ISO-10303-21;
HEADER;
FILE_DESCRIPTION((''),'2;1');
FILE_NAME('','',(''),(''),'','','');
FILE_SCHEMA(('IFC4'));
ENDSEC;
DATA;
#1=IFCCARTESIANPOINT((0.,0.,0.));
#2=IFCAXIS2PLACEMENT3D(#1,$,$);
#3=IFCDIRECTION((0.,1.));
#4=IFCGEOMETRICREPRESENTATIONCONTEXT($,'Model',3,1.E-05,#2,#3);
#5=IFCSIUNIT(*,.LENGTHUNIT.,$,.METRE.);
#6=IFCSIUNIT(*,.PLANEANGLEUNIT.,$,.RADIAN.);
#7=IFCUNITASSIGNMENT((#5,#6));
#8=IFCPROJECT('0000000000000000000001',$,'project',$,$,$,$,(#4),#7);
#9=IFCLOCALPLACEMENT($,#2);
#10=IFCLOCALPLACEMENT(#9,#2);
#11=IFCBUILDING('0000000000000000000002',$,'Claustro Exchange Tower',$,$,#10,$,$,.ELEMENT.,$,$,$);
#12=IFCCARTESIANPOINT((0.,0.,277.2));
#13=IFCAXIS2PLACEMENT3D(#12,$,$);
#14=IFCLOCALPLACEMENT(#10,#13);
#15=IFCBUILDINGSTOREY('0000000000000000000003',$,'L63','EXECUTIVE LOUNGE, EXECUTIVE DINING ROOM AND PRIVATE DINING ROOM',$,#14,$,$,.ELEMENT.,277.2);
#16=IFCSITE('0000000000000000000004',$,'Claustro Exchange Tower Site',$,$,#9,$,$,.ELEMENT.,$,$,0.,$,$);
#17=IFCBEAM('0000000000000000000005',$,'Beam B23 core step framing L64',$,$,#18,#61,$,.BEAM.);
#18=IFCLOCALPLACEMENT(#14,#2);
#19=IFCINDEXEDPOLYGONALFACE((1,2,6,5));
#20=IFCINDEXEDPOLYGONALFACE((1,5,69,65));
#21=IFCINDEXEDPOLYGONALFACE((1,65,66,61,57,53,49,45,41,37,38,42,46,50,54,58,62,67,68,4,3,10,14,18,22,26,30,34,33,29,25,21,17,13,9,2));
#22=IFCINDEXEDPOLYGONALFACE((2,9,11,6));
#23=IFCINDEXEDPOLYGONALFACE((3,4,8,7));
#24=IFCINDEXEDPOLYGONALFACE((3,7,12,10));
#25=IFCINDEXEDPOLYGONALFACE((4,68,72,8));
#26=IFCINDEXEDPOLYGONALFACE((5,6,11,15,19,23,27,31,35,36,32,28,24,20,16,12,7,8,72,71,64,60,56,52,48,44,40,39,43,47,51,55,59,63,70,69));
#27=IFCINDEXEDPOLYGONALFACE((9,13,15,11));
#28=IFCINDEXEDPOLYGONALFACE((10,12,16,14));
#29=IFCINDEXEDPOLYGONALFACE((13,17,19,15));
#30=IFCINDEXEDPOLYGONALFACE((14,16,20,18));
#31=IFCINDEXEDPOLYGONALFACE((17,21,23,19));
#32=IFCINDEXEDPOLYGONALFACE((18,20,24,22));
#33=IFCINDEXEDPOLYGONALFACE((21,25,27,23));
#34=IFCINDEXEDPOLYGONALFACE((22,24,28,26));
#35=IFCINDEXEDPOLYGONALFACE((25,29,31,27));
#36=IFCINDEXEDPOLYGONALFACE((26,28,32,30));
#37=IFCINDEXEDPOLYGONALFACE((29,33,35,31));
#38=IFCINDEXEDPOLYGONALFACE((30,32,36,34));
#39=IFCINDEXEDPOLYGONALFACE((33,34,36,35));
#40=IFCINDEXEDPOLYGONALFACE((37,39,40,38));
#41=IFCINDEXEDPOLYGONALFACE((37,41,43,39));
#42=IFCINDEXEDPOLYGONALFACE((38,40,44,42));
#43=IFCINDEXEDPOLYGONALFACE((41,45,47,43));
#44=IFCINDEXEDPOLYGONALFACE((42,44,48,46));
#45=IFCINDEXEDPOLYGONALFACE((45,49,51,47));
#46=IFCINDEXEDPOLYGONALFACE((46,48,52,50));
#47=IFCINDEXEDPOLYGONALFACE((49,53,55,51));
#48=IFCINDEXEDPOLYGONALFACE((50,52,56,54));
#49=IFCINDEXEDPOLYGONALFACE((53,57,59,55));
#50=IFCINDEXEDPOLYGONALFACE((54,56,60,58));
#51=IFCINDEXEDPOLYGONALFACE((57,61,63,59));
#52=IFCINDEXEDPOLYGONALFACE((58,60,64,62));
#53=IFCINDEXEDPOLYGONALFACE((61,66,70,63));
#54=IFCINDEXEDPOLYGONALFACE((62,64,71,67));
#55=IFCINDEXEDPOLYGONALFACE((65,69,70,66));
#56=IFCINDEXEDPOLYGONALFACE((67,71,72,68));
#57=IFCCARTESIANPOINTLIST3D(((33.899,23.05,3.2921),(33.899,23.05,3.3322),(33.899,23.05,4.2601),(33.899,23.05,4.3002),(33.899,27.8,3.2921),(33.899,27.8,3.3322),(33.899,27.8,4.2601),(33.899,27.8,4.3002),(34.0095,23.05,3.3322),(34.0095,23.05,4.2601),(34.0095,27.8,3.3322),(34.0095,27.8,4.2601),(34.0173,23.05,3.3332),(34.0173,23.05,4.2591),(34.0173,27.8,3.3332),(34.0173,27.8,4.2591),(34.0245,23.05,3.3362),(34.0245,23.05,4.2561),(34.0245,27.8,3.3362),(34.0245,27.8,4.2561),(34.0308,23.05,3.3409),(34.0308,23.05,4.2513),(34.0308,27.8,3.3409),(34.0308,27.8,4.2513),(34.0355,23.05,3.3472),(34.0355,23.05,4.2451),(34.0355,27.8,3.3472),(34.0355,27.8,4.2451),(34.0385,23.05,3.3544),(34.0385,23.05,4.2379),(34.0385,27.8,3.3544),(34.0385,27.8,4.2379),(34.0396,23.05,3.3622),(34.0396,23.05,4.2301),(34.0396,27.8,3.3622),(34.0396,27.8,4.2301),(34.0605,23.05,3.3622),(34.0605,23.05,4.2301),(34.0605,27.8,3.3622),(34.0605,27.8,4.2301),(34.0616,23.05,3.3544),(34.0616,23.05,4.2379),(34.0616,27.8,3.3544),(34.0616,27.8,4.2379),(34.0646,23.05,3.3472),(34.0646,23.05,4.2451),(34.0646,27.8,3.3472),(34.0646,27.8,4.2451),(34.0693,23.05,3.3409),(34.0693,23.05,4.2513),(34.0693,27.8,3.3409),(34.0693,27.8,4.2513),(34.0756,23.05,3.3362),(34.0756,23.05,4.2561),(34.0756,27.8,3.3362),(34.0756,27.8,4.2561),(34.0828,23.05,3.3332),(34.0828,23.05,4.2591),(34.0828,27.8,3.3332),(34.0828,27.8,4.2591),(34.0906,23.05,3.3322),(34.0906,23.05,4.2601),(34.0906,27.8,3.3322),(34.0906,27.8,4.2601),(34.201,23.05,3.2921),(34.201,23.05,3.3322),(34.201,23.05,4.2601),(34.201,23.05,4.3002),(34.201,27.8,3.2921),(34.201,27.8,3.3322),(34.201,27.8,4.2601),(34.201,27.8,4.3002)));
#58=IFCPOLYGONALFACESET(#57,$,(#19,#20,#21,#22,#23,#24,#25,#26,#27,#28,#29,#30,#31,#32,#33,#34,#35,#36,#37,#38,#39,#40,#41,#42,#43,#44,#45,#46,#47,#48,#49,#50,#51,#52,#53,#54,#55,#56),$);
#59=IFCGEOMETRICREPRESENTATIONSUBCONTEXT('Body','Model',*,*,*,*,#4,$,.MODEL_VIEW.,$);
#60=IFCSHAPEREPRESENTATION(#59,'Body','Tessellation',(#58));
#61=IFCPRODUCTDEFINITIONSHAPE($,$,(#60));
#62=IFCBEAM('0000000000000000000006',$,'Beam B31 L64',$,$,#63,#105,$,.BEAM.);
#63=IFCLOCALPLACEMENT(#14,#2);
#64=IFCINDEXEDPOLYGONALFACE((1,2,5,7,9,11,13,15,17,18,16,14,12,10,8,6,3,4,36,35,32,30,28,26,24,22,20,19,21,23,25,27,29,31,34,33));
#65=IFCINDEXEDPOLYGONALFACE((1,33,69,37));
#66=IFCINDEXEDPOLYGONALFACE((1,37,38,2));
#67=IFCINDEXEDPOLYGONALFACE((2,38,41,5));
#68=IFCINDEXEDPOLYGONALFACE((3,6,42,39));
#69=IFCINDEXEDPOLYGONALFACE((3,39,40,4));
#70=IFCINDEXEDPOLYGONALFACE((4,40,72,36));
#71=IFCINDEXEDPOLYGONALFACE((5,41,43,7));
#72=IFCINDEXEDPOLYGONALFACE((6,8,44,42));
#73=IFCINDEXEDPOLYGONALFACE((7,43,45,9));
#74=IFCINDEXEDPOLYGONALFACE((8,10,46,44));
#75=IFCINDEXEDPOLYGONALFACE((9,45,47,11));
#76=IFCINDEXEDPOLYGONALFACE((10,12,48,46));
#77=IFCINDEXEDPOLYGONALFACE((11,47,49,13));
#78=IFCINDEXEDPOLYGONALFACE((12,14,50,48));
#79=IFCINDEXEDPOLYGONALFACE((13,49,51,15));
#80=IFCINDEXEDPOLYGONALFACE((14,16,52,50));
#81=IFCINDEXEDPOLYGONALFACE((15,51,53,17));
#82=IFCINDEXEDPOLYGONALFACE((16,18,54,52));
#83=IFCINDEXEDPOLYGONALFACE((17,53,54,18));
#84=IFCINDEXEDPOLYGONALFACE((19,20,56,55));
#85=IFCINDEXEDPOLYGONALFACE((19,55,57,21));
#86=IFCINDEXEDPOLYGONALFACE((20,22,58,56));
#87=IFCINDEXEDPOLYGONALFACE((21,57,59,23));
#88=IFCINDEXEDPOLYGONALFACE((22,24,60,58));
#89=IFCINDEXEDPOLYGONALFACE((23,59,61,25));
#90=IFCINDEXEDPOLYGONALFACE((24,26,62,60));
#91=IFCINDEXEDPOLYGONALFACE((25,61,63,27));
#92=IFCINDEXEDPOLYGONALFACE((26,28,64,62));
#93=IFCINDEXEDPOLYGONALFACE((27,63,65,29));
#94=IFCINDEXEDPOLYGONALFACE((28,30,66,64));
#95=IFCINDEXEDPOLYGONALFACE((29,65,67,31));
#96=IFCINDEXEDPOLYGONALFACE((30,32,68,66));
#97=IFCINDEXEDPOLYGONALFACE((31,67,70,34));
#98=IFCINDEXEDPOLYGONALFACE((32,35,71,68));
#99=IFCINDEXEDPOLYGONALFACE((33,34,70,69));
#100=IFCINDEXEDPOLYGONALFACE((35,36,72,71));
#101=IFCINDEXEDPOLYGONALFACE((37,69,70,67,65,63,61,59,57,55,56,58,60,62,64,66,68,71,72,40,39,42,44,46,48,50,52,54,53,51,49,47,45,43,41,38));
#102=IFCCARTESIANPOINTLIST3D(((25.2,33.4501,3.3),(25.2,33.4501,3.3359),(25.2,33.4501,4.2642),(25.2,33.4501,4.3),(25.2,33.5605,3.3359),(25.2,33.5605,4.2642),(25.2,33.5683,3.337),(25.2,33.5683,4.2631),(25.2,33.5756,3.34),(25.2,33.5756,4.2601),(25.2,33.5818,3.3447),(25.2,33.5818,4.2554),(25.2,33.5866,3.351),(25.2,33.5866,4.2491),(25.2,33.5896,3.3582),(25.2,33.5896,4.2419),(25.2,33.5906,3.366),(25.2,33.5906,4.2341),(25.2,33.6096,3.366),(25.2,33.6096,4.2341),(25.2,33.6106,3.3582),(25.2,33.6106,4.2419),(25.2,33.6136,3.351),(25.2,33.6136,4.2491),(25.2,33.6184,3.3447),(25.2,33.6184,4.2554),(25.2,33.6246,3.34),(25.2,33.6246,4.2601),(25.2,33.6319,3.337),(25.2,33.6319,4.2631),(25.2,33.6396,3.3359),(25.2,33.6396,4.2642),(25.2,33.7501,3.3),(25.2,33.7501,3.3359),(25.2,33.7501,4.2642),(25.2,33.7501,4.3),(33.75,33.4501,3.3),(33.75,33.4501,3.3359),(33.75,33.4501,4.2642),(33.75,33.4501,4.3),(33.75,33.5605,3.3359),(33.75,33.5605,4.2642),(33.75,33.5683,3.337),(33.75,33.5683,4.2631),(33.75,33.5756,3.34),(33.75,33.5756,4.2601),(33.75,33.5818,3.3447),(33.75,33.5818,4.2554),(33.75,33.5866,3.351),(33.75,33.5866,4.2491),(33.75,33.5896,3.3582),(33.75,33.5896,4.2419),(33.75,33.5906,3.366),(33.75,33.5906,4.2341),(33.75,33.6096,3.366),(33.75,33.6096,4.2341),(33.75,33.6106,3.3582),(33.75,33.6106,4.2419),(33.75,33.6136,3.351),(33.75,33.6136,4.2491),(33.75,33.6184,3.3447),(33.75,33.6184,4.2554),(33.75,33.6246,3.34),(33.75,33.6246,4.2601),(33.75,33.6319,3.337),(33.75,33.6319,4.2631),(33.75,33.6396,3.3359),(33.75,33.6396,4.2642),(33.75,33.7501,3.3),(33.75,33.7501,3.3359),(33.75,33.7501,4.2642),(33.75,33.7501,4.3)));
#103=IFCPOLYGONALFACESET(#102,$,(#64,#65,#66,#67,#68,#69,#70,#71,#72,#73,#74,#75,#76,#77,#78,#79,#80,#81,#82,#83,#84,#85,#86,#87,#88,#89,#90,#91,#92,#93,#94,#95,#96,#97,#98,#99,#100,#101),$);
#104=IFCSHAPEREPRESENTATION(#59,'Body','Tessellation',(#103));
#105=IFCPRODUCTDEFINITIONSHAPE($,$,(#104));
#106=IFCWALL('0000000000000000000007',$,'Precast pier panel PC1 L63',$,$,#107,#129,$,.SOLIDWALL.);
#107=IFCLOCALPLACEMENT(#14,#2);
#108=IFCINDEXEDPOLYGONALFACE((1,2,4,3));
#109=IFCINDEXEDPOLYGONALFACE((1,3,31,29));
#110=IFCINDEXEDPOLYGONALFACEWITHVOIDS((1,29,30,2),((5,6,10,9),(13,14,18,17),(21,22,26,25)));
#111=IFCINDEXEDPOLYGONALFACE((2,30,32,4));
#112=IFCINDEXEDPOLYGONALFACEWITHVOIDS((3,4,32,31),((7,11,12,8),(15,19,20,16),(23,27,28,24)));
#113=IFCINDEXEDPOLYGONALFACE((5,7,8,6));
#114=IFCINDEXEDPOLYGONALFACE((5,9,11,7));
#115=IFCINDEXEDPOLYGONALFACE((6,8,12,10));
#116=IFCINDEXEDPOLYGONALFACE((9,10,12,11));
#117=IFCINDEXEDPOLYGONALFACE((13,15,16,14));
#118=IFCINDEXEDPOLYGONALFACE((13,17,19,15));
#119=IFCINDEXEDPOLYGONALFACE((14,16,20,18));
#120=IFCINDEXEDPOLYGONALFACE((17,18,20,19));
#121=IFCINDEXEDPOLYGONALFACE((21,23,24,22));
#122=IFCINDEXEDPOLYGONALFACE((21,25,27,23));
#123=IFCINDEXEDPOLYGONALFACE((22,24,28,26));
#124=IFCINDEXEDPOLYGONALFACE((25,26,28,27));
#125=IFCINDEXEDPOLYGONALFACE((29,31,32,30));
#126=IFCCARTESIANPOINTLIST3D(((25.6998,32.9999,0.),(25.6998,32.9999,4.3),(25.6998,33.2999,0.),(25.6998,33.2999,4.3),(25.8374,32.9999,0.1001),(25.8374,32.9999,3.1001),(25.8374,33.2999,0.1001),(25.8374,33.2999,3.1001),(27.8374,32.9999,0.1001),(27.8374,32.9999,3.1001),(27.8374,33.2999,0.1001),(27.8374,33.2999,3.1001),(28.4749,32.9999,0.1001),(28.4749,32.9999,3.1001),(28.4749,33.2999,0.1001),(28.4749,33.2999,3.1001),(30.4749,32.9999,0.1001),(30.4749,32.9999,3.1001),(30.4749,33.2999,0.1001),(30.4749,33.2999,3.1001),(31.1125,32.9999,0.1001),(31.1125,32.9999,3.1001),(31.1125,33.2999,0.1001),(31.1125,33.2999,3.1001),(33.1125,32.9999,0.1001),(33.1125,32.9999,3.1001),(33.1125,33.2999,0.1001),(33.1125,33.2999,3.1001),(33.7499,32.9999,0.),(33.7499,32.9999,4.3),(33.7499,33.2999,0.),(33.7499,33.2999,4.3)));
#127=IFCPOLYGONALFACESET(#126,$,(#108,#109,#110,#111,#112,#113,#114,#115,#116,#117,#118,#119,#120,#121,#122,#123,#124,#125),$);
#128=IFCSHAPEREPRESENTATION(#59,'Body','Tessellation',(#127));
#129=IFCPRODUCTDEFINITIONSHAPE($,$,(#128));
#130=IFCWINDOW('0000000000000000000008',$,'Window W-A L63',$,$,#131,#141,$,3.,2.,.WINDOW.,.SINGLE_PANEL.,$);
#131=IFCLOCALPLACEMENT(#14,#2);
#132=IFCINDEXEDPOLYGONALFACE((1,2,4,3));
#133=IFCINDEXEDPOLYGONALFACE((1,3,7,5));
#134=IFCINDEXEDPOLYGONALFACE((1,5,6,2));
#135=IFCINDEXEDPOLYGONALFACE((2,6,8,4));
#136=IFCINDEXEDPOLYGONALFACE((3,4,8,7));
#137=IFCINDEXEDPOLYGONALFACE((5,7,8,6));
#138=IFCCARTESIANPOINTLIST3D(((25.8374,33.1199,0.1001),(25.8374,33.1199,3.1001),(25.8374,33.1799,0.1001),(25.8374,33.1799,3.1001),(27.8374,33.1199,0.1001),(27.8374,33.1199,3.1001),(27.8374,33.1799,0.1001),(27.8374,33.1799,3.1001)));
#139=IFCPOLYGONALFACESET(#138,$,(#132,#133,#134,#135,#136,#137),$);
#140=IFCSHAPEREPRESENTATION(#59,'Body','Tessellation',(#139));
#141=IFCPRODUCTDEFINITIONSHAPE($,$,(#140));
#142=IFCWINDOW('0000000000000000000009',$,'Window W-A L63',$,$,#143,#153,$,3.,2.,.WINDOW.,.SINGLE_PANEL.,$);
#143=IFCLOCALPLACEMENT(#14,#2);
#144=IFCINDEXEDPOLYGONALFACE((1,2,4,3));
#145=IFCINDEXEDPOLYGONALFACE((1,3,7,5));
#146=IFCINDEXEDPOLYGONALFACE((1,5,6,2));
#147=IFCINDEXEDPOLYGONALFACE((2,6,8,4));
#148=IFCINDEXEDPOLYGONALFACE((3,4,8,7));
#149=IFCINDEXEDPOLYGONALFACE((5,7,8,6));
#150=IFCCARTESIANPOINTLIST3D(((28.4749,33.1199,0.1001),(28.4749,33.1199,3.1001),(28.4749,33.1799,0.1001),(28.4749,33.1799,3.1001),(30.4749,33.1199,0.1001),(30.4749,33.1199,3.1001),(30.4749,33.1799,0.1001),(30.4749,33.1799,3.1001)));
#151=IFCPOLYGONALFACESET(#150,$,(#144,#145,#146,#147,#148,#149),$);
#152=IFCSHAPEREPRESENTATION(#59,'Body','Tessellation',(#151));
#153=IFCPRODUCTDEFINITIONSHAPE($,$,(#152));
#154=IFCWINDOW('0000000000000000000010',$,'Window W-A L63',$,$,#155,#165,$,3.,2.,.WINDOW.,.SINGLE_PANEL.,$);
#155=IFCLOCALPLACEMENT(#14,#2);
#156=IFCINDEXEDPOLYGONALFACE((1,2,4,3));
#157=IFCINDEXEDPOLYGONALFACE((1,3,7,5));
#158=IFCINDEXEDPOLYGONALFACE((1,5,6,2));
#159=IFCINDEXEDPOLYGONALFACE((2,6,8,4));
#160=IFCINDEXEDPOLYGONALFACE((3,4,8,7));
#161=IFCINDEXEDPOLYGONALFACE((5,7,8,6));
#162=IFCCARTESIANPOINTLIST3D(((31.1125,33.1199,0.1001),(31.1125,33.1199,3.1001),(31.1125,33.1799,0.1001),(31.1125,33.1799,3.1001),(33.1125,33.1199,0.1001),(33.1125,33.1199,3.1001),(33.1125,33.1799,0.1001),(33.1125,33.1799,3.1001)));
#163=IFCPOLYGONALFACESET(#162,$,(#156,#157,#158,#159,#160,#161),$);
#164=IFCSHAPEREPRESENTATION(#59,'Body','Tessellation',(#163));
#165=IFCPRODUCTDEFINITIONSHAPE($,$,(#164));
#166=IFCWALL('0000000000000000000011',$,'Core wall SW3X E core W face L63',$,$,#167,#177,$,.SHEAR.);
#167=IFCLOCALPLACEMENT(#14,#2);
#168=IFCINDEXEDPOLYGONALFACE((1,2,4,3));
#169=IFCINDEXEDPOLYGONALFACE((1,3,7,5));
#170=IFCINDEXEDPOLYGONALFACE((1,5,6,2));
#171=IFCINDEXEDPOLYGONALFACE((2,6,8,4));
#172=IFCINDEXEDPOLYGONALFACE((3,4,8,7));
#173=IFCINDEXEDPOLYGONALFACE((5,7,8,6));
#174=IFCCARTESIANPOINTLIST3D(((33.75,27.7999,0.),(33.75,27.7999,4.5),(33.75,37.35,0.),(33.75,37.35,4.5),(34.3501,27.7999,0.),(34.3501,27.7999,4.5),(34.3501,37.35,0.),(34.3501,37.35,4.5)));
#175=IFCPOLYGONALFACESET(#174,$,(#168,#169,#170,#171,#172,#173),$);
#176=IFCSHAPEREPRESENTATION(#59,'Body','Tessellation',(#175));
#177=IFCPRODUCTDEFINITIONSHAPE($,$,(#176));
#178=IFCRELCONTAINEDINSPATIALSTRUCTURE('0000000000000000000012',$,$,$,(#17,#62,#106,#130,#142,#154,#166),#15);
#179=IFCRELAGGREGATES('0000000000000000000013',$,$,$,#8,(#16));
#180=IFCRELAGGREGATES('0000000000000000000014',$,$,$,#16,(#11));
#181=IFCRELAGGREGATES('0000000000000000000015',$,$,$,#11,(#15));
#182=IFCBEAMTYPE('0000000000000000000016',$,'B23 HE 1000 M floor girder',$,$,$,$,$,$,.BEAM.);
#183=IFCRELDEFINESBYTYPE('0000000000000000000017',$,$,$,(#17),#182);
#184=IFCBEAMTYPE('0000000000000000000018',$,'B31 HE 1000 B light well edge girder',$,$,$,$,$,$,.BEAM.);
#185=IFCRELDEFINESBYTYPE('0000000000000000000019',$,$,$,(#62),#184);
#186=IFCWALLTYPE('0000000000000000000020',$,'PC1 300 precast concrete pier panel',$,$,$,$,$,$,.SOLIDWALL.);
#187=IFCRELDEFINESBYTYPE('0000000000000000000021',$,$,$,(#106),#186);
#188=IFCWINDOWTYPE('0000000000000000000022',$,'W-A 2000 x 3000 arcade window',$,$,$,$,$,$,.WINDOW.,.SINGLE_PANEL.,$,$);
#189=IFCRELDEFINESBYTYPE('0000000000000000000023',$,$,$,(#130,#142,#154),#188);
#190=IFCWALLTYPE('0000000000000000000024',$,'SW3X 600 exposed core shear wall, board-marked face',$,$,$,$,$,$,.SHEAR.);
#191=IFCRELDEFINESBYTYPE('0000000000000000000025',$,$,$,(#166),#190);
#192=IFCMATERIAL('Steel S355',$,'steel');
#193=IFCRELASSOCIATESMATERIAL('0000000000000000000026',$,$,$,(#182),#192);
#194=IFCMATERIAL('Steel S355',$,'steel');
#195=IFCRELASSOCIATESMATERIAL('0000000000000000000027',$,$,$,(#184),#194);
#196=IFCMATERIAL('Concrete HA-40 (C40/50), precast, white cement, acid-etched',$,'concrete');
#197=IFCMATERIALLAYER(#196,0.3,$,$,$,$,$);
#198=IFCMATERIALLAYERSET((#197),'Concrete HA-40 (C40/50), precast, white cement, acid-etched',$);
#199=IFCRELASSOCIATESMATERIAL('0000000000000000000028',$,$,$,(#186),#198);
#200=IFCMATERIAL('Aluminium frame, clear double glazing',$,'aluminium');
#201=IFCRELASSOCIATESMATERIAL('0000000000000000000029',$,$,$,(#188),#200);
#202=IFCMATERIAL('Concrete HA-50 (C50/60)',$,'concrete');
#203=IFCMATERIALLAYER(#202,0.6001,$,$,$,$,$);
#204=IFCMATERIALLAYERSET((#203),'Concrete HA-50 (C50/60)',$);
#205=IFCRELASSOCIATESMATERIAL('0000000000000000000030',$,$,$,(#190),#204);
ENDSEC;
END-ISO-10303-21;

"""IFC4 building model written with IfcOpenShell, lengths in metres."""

from ifc_helpers import new_model, si_unit, direction, frame, frame_2d, origin, origin_2d, place, context, subcontext, project, spatial, rectangle, i_section, extrude, material, layer, layer_set, material_profile, profile_set, type_object, element, fill, save


model = new_model("IFC4")

# Units and contexts
model_context = context("Model", 3, precision=1e-05, world=origin(), true_north=direction((0.0, 1.0)))
body_context = subcontext(model_context, "Body", "Model", "MODEL_VIEW")
ifc_project = project(units=[si_unit("LENGTHUNIT", "METRE"), si_unit("PLANEANGLEUNIT", "RADIAN")], contexts=[model_context])

# Site, building, storey
site_placement = place(None, origin())
site = spatial("IfcSite", under=ifc_project, at=site_placement, Name="Claustro Exchange Tower Site", CompositionType="ELEMENT", RefElevation=0.0)
building_placement = place(site_placement, origin())
building = spatial("IfcBuilding", under=site, at=building_placement, Name="Claustro Exchange Tower", CompositionType="ELEMENT")
storey_placement = place(building_placement, frame((0.0, 0.0, 277.2)))
storey = spatial("IfcBuildingStorey", under=building, at=storey_placement, Name="L63", Description="EXECUTIVE LOUNGE, EXECUTIVE DINING ROOM AND PRIVATE DINING ROOM", CompositionType="ELEMENT", Elevation=277.2)

# Beams
ifc_material_1 = material(Name="Steel S355", Category="steel")
ifc_material_profile_1 = material_profile(ifc_material_1, i_section(OverallWidth=0.302, OverallDepth=1.0081, WebThickness=0.021, FlangeThickness=0.04, FilletRadius=0.03, at=origin_2d()), Name="HE 1000 M")
ifc_profile_set_1 = profile_set([ifc_material_profile_1], Name="Steel S355")
beam_type_1 = type_object("IfcBeamType", Name="B23 HE 1000 M floor girder", PredefinedType="BEAM", material=ifc_profile_set_1)
beam_1_placement = place(storey_placement, frame((34.05, 23.05, 3.7961), z_axis=(0.0, 1.0, 0.0), x_axis=(-1.0, 0.0, 0.0)))
element("IfcBeam", 1, at=beam_1_placement, inside=storey, type_object=beam_type_1, Name="Beam B23 core step framing L64", PredefinedType="BEAM", context=body_context, shape_type="SweptSolid", body=[
    extrude(i_section(OverallWidth=0.302, OverallDepth=1.0081, WebThickness=0.021, FlangeThickness=0.04, FilletRadius=0.03, at=origin_2d()), origin(), (0.0, 0.0, 1.0), 4.75),
])
ifc_material_2 = material(Name="Steel S355", Category="steel")
ifc_material_profile_2 = material_profile(ifc_material_2, i_section(OverallWidth=0.3, OverallDepth=1.0, WebThickness=0.019, FlangeThickness=0.0359, FilletRadius=0.03, at=origin_2d()), Name="HE 1000 B")
ifc_profile_set_2 = profile_set([ifc_material_profile_2], Name="Steel S355")
beam_type_2 = type_object("IfcBeamType", Name="B31 HE 1000 B light well edge girder", PredefinedType="BEAM", material=ifc_profile_set_2)
beam_2_placement = place(storey_placement, frame((25.2, 33.6001, 3.8), z_axis=(1.0, 0.0, 0.0), x_axis=(0.0, 1.0, 0.0)))
element("IfcBeam", 2, at=beam_2_placement, inside=storey, type_object=beam_type_2, Name="Beam B31 L64", PredefinedType="BEAM", context=body_context, shape_type="SweptSolid", body=[
    extrude(i_section(OverallWidth=0.3, OverallDepth=1.0, WebThickness=0.019, FlangeThickness=0.0359, FilletRadius=0.03, at=origin_2d()), origin(), (0.0, 0.0, 1.0), 8.55),
])

# Wall, openings, windows
ifc_material_3 = material(Name="Concrete HA-40 (C40/50), precast, white cement, acid-etched", Category="concrete")
ifc_layer_1 = layer(ifc_material_3, 0.3)
ifc_layer_set_1 = layer_set([ifc_layer_1], Name="Concrete HA-40 (C40/50), precast, white cement, acid-etched")
wall_type_1 = type_object("IfcWallType", Name="PC1 300 precast concrete pier panel", PredefinedType="SOLIDWALL", material=ifc_layer_set_1)
wall_1_placement = place(storey_placement, frame((25.7, 33.1499, 0.0), z_axis=(0.0, 0.0, 1.0), x_axis=(1.0, 0.0, 0.0)))
wall_1 = element("IfcWall", 3, at=wall_1_placement, inside=storey, type_object=wall_type_1, Name="Precast pier panel PC1 L63", PredefinedType="SOLIDWALL", context=body_context, shape_type="SweptSolid", body=[
    extrude(rectangle(XDim=8.05, YDim=0.3, at=frame_2d((4.0249, 0.0))), origin(), (0.0, 0.0, 1.0), 4.3),
])
opening_1_placement = place(wall_1_placement, frame((0.1375, 0.0, 0.1001)))
opening_1 = element("IfcOpeningElement", 4, at=opening_1_placement, cuts=wall_1, PredefinedType="OPENING", context=body_context, shape_type="SweptSolid", body=[
    extrude(rectangle(XDim=2.0, YDim=3.0, at=frame_2d((1.0, 1.5))), frame((0.0, 0.1599, 0.0), z_axis=(0.0, -1.0, 0.0), x_axis=(1.0, 0.0, 0.0)), (0.0, 0.0, 1.0), 0.3201),
])
opening_2_placement = place(wall_1_placement, frame((2.7749, 0.0, 0.1001)))
opening_2 = element("IfcOpeningElement", 5, at=opening_2_placement, cuts=wall_1, PredefinedType="OPENING", context=body_context, shape_type="SweptSolid", body=[
    extrude(rectangle(XDim=2.0, YDim=3.0, at=frame_2d((1.0, 1.5))), frame((0.0, 0.1599, 0.0), z_axis=(0.0, -1.0, 0.0), x_axis=(1.0, 0.0, 0.0)), (0.0, 0.0, 1.0), 0.3201),
])
opening_3_placement = place(wall_1_placement, frame((5.4126, 0.0, 0.1001)))
opening_3 = element("IfcOpeningElement", 6, at=opening_3_placement, cuts=wall_1, PredefinedType="OPENING", context=body_context, shape_type="SweptSolid", body=[
    extrude(rectangle(XDim=2.0, YDim=3.0, at=frame_2d((1.0, 1.5))), frame((0.0, 0.1599, 0.0), z_axis=(0.0, -1.0, 0.0), x_axis=(1.0, 0.0, 0.0)), (0.0, 0.0, 1.0), 0.3201),
])
ifc_material_4 = material(Name="Aluminium frame, clear double glazing", Category="aluminium")
window_type = type_object("IfcWindowType", Name="W-A 2000 x 3000 arcade window", PartitioningType="SINGLE_PANEL", PredefinedType="WINDOW", material=ifc_material_4)
window_1_placement = place(opening_1_placement, origin())
window_1 = element("IfcWindow", 7, at=window_1_placement, inside=storey, type_object=window_type, Name="Window W-A L63", OverallHeight=3.0, OverallWidth=2.0, PartitioningType="SINGLE_PANEL", PredefinedType="WINDOW", context=body_context, shape_type="SweptSolid", body=[
    extrude(rectangle(XDim=2.0, YDim=3.0, at=frame_2d((1.0, 1.5))), frame((0.0, 0.03, 0.0), z_axis=(0.0, -1.0, 0.0), x_axis=(1.0, 0.0, 0.0)), (0.0, 0.0, 1.0), 0.0601),
])
fill(opening_1, window_1)
window_2_placement = place(opening_2_placement, origin())
window_2 = element("IfcWindow", 8, at=window_2_placement, inside=storey, type_object=window_type, Name="Window W-A L63", OverallHeight=3.0, OverallWidth=2.0, PartitioningType="SINGLE_PANEL", PredefinedType="WINDOW", context=body_context, shape_type="SweptSolid", body=[
    extrude(rectangle(XDim=2.0, YDim=3.0, at=frame_2d((1.0, 1.5))), frame((0.0, 0.03, 0.0), z_axis=(0.0, -1.0, 0.0), x_axis=(1.0, 0.0, 0.0)), (0.0, 0.0, 1.0), 0.0601),
])
fill(opening_2, window_2)
window_3_placement = place(opening_3_placement, origin())
window_3 = element("IfcWindow", 9, at=window_3_placement, inside=storey, type_object=window_type, Name="Window W-A L63", OverallHeight=3.0, OverallWidth=2.0, PartitioningType="SINGLE_PANEL", PredefinedType="WINDOW", context=body_context, shape_type="SweptSolid", body=[
    extrude(rectangle(XDim=2.0, YDim=3.0, at=frame_2d((1.0, 1.5))), frame((0.0, 0.03, 0.0), z_axis=(0.0, -1.0, 0.0), x_axis=(1.0, 0.0, 0.0)), (0.0, 0.0, 1.0), 0.0601),
])
fill(opening_3, window_3)

# Wall
ifc_material_5 = material(Name="Concrete HA-50 (C50/60)", Category="concrete")
ifc_layer_2 = layer(ifc_material_5, 0.6001)
ifc_layer_set_2 = layer_set([ifc_layer_2], Name="Concrete HA-50 (C50/60)")
wall_type_2 = type_object("IfcWallType", Name="SW3X 600 exposed core shear wall, board-marked face", PredefinedType="SHEAR", material=ifc_layer_set_2)
wall_2_placement = place(storey_placement, frame((34.05, 27.8, 0.0), z_axis=(0.0, 0.0, 1.0), x_axis=(0.0, 1.0, 0.0)))
element("IfcWall", 10, at=wall_2_placement, inside=storey, type_object=wall_type_2, Name="Core wall SW3X E core W face L63", PredefinedType="SHEAR", context=body_context, shape_type="SweptSolid", body=[
    extrude(rectangle(XDim=9.55, YDim=0.6001, at=frame_2d((4.7749, 0.0))), origin(), (0.0, 0.0, 1.0), 4.5),
])

save(model, "model.ifc")
